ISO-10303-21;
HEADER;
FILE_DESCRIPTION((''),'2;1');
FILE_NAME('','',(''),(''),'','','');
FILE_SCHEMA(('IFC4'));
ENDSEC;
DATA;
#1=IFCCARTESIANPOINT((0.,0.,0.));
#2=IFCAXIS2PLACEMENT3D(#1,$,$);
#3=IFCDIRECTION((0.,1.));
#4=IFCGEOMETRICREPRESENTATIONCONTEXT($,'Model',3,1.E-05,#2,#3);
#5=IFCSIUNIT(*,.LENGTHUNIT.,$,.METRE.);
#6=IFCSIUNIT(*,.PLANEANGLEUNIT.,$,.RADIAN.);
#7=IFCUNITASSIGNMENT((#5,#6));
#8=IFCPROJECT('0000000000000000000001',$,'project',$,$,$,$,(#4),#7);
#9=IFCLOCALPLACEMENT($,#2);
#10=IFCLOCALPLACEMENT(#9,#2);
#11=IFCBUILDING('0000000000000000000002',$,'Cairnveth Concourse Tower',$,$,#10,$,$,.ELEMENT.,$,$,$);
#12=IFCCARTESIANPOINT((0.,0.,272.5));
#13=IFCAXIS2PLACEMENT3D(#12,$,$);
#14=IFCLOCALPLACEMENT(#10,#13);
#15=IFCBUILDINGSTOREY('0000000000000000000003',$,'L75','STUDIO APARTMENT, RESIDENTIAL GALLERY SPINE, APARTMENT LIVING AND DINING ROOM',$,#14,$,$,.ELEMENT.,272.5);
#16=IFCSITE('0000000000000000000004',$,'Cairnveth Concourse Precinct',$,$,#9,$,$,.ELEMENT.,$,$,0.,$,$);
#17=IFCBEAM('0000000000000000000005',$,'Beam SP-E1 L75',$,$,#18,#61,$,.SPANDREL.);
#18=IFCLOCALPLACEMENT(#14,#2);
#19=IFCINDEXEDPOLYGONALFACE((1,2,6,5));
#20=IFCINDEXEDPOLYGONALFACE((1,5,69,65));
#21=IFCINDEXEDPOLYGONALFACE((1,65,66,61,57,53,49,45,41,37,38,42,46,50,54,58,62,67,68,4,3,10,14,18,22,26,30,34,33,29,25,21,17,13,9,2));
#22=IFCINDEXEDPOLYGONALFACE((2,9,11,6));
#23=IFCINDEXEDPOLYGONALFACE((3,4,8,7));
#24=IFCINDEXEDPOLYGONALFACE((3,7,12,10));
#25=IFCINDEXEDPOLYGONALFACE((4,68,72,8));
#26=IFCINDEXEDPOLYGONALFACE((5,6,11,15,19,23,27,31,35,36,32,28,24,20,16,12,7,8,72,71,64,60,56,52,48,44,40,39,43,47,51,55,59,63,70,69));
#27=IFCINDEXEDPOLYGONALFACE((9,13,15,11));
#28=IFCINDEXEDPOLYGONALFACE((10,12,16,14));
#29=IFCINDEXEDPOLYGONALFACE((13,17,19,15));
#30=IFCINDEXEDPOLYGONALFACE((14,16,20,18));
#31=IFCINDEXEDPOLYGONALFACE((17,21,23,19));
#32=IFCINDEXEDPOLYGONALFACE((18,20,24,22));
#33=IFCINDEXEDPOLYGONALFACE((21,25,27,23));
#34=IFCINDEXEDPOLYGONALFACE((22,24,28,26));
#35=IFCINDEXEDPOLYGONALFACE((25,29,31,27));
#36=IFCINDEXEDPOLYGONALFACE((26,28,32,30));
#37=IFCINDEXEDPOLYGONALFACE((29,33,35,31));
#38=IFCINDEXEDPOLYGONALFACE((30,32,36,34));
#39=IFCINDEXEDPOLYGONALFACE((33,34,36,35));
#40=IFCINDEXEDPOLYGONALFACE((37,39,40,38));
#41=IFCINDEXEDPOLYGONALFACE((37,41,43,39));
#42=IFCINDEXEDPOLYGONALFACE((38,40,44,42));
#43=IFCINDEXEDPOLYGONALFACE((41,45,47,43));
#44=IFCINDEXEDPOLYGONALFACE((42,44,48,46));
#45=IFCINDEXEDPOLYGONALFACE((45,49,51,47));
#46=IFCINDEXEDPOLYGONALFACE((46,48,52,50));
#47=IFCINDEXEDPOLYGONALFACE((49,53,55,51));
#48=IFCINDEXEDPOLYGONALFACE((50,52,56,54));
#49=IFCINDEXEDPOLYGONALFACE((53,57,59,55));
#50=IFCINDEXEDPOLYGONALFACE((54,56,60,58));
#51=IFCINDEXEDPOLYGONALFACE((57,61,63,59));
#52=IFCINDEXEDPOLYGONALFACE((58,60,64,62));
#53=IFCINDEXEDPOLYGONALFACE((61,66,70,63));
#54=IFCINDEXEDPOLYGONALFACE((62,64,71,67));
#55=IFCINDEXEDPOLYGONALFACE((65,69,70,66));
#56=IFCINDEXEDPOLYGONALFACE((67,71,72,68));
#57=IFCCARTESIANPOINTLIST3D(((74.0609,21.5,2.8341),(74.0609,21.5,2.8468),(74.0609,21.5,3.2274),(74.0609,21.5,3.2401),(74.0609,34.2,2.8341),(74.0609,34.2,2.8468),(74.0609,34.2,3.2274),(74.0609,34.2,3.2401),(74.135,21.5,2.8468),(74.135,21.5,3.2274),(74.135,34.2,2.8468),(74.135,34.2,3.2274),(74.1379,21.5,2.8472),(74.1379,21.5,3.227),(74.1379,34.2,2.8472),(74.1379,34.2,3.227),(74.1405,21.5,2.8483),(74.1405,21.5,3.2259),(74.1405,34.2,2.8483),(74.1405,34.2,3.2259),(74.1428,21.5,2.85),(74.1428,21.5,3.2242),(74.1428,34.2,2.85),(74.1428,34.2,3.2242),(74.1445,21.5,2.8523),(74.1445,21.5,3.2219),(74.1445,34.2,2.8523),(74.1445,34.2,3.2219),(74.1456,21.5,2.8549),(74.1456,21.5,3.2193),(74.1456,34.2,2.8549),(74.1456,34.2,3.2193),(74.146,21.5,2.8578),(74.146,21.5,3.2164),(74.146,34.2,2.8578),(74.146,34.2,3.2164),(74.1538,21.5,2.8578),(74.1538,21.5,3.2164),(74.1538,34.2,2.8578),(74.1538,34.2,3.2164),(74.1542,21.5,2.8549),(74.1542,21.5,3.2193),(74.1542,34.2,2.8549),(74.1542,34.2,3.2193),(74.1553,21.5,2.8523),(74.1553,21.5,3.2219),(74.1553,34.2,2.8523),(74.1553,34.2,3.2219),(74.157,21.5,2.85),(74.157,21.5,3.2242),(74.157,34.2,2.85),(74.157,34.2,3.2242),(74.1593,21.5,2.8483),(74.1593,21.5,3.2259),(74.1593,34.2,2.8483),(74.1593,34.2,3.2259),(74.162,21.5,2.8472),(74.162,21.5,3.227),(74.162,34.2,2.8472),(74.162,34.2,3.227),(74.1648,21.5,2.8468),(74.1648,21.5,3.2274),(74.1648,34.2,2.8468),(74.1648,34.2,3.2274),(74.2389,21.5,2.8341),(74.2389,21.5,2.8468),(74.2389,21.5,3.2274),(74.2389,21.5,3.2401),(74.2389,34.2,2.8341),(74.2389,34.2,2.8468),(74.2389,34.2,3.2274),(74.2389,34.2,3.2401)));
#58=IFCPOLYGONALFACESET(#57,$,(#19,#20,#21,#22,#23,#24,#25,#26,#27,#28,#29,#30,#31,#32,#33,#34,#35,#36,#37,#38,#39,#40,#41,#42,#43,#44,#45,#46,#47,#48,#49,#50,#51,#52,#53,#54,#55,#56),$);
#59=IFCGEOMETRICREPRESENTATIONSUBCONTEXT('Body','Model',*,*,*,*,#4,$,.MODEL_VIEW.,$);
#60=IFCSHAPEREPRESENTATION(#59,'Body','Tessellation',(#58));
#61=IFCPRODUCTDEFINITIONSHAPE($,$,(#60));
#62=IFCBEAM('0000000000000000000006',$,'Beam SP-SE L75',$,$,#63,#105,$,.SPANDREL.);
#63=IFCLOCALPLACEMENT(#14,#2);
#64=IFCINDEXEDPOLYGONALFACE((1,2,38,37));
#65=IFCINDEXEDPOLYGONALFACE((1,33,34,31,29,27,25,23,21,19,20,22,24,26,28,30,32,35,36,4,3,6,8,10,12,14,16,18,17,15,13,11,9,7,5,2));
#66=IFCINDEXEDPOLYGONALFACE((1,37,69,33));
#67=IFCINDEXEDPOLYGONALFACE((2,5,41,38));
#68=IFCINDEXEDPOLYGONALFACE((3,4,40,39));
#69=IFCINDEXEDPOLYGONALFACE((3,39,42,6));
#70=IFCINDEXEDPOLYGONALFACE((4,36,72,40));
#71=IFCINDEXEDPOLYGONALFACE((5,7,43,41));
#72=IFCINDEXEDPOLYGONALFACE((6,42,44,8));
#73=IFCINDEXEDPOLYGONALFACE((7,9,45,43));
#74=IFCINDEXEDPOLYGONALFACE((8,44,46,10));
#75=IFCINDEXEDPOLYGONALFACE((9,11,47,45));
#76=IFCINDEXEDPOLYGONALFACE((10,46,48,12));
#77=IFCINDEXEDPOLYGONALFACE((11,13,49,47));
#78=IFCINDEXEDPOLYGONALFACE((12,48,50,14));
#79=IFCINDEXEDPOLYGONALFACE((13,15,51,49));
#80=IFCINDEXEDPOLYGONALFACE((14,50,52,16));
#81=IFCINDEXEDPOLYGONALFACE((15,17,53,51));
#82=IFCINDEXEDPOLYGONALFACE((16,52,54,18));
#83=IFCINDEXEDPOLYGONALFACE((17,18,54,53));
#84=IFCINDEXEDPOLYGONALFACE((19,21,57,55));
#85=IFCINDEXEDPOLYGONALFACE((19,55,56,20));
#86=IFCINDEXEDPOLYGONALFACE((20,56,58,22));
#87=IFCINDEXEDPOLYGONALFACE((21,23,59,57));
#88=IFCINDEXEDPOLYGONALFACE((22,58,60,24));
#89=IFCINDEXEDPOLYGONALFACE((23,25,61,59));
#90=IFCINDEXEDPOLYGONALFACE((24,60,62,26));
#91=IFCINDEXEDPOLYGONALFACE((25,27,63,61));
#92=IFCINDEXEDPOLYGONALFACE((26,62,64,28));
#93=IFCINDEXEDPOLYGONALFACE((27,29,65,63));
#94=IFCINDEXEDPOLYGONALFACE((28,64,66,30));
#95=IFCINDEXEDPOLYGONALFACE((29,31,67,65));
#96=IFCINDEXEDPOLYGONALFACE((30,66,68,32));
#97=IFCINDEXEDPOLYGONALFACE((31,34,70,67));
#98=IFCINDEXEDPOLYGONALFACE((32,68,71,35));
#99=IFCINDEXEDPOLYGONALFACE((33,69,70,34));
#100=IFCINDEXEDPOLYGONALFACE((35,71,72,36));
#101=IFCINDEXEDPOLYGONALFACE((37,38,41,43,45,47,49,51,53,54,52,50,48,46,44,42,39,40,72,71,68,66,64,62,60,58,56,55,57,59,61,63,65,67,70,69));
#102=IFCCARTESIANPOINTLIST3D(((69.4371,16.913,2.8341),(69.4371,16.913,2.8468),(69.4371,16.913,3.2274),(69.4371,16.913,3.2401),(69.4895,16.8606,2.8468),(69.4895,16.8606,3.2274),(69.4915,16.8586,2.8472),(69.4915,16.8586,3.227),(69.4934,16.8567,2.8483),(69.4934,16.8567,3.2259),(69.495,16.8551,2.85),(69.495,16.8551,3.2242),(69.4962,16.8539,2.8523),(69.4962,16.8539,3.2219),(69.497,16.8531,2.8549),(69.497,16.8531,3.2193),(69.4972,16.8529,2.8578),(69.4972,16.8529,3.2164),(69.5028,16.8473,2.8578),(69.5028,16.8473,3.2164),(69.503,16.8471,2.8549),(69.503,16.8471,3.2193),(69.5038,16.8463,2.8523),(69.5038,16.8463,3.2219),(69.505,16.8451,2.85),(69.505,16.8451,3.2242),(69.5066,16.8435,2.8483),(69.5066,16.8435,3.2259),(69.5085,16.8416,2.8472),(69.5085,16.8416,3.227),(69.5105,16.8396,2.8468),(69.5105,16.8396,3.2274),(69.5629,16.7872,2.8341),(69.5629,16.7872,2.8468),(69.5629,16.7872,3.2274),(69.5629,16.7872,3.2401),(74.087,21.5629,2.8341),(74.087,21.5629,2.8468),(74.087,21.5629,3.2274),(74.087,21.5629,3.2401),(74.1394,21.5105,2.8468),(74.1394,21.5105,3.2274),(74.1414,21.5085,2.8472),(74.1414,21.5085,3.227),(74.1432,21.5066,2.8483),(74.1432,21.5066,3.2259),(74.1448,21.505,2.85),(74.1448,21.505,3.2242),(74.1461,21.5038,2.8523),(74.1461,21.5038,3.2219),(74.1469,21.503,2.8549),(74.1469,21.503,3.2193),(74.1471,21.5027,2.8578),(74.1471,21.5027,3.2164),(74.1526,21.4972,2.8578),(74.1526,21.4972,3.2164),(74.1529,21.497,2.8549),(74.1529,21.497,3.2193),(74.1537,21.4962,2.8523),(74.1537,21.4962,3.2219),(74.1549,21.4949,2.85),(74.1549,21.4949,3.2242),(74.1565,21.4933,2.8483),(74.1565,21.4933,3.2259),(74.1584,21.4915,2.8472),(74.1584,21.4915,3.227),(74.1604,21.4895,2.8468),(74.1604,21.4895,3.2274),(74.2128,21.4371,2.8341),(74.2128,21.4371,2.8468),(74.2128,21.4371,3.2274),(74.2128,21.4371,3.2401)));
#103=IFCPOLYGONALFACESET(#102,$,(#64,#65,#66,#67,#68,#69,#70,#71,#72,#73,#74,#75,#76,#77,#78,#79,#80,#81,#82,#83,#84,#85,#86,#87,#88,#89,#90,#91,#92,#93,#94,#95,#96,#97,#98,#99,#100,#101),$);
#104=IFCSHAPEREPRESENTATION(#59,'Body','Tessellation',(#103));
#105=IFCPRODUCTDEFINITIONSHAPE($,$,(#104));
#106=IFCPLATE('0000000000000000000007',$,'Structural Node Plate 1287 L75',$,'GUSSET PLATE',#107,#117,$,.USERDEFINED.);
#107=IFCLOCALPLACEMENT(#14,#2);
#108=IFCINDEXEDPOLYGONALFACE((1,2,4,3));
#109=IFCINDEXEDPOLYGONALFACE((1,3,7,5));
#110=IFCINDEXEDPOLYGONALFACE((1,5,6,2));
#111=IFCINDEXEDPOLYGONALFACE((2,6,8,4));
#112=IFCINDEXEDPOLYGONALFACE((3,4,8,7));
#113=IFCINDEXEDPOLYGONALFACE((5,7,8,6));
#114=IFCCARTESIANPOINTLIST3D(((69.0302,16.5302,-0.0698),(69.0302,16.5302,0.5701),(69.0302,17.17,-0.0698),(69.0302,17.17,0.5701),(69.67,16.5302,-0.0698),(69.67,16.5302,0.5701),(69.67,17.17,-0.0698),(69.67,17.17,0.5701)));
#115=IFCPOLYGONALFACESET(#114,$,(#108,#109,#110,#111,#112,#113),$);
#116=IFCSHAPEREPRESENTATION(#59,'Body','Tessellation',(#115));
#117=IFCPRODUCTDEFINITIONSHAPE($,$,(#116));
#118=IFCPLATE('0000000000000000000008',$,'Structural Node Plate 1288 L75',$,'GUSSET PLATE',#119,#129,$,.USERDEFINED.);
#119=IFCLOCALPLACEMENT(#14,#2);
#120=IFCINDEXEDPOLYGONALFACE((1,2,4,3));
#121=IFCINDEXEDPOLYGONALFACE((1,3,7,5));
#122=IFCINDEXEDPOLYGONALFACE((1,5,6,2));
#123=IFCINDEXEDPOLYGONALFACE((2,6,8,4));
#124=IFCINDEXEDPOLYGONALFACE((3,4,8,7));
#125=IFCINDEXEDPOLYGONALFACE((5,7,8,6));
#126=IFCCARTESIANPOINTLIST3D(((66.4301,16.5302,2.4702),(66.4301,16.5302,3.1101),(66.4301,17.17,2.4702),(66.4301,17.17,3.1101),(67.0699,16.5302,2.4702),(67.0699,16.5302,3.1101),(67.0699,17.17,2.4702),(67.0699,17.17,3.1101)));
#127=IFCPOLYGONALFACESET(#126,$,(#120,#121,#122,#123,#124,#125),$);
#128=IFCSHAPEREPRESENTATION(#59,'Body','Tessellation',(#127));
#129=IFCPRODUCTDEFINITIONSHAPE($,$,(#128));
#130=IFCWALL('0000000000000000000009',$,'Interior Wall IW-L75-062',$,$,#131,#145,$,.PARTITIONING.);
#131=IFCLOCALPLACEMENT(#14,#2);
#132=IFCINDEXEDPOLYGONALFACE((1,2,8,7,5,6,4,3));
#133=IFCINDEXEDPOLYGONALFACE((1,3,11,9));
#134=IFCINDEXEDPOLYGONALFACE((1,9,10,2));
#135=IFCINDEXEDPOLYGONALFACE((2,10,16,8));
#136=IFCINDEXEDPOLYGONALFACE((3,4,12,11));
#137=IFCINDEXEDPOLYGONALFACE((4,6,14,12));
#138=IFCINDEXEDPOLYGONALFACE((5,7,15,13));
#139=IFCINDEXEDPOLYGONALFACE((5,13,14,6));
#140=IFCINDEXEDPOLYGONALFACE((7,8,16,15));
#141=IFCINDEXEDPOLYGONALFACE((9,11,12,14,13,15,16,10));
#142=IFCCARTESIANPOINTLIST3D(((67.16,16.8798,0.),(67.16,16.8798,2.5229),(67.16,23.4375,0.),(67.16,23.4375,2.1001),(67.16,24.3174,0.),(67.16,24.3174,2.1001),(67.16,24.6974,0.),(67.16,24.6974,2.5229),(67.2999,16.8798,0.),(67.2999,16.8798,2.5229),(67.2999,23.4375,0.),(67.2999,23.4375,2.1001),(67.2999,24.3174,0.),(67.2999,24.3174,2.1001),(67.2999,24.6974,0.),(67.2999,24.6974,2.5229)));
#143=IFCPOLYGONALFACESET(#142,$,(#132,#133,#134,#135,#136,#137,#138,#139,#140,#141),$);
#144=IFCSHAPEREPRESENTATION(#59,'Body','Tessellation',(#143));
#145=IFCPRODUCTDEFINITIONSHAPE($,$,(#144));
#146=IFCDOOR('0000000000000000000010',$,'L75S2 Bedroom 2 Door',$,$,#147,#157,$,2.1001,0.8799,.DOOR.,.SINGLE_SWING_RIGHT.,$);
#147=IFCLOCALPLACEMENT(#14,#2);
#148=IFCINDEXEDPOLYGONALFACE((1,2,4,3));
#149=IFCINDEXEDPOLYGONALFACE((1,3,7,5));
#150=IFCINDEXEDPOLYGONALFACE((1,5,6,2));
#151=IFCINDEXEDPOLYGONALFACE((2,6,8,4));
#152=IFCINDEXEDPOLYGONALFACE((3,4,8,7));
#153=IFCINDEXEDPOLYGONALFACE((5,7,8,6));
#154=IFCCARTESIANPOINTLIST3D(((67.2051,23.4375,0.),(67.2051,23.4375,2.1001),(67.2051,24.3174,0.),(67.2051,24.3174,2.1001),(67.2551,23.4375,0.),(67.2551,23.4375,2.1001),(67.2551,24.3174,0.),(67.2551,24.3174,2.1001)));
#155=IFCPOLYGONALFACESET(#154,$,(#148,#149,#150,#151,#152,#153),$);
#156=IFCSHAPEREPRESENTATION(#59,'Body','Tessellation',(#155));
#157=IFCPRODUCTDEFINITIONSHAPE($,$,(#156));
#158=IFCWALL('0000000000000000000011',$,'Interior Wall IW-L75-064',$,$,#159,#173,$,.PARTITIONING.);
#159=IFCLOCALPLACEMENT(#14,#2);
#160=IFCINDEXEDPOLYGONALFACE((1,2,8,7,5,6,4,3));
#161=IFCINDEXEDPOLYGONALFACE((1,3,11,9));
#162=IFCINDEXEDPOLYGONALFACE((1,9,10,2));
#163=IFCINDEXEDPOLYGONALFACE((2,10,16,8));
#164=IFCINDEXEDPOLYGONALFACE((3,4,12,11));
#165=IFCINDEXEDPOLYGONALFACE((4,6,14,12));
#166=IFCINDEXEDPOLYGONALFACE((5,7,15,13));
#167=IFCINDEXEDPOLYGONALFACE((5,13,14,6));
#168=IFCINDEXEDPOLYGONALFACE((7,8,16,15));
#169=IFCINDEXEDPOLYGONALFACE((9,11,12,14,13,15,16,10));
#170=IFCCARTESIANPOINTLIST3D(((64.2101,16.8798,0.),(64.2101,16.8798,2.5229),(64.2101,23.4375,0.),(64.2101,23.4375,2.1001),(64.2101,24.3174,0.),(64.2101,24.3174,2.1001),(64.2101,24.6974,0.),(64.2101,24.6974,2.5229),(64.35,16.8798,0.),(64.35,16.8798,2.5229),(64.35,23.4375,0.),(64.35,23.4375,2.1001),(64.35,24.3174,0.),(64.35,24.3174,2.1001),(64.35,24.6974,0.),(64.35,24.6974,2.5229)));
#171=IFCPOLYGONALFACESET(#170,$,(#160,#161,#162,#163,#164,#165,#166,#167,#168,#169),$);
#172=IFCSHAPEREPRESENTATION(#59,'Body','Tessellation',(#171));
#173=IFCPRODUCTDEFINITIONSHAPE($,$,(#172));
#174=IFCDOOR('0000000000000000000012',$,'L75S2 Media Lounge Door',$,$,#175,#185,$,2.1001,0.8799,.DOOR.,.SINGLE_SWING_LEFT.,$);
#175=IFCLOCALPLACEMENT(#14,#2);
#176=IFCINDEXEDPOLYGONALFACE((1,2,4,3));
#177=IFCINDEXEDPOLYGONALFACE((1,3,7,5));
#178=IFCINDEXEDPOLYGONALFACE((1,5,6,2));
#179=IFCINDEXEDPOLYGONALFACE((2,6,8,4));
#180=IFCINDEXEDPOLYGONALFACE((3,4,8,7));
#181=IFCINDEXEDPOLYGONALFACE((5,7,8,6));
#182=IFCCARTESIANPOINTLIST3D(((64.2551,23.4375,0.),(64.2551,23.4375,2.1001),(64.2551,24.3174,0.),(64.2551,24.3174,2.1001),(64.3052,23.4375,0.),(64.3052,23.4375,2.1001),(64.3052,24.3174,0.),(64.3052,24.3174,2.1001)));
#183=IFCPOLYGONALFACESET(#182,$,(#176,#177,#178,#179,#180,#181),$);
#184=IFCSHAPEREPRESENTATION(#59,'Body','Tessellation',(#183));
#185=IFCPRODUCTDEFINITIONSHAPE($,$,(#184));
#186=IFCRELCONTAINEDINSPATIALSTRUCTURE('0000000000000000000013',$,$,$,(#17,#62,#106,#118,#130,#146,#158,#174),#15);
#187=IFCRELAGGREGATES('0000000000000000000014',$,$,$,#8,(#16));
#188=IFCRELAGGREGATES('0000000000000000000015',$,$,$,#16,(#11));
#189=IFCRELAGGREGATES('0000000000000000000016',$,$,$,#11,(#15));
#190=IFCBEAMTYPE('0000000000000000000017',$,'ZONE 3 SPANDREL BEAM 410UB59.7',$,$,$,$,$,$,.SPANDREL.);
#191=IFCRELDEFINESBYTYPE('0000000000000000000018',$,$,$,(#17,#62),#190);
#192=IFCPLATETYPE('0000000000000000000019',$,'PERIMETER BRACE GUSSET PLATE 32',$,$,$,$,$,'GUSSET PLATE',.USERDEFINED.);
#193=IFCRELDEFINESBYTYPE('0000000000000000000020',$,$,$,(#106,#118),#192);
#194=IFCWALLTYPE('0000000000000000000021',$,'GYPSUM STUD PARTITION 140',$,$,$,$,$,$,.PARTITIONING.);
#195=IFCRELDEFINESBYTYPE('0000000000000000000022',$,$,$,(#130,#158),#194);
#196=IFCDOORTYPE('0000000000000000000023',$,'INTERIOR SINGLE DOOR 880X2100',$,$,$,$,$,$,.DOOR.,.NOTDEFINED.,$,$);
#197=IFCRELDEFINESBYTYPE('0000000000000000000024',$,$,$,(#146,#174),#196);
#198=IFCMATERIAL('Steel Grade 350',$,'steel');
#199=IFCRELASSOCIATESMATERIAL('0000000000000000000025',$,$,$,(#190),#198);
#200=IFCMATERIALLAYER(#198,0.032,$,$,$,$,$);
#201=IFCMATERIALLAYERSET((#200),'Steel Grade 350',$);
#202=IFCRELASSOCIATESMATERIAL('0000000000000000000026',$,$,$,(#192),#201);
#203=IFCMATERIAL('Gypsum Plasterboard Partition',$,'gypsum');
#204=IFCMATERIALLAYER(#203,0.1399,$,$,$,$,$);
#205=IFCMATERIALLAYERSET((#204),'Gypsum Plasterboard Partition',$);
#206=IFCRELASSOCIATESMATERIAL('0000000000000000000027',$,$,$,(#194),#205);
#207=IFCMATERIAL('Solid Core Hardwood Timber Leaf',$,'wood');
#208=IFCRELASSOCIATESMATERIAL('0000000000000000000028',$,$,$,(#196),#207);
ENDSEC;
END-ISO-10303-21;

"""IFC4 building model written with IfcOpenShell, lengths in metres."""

from ifc_helpers import new_model, si_unit, direction, frame, frame_2d, origin, origin_2d, place, context, subcontext, project, spatial, rectangle, i_section, extrude, material, layer, layer_set, material_profile, profile_set, type_object, element, fill, save


model = new_model("IFC4")

# Units and contexts
model_context = context("Model", 3, precision=1e-05, world=origin(), true_north=direction((0.0, 1.0)))
body_context = subcontext(model_context, "Body", "Model", "MODEL_VIEW")
ifc_project = project(units=[si_unit("LENGTHUNIT", "METRE"), si_unit("PLANEANGLEUNIT", "RADIAN")], contexts=[model_context])

# Site, building, storey
site_placement = place(None, origin())
site = spatial("IfcSite", under=ifc_project, at=site_placement, Name="Cairnveth Concourse Precinct", CompositionType="ELEMENT", RefElevation=0.0)
building_placement = place(site_placement, origin())
building = spatial("IfcBuilding", under=site, at=building_placement, Name="Cairnveth Concourse Tower", CompositionType="ELEMENT")
storey_placement = place(building_placement, frame((0.0, 0.0, 272.5)))
storey = spatial("IfcBuildingStorey", under=building, at=storey_placement, Name="L75", Description="STUDIO APARTMENT, RESIDENTIAL GALLERY SPINE, APARTMENT LIVING AND DINING ROOM", CompositionType="ELEMENT", Elevation=272.5)

# Shared definitions
ifc_material_1 = material(Name="Steel Grade 350", Category="steel")

# Beams
ifc_material_profile_1 = material_profile(ifc_material_1, i_section(OverallWidth=0.178, OverallDepth=0.406, WebThickness=0.0078, FlangeThickness=0.0127, FilletRadius=0.011, at=origin_2d()), Name="410UB59.7")
ifc_profile_set_1 = profile_set([ifc_material_profile_1], Name="Steel Grade 350")
beam_type_1 = type_object("IfcBeamType", Name="ZONE 3 SPANDREL BEAM 410UB59.7", PredefinedType="SPANDREL", material=ifc_profile_set_1)
beam_1_placement = place(storey_placement, frame((74.1499, 21.5, 3.0371), z_axis=(0.0, 1.0, 0.0), x_axis=(-1.0, 0.0, 0.0)))
element("IfcBeam", 1, at=beam_1_placement, inside=storey, type_object=beam_type_1, Name="Beam SP-E1 L75", PredefinedType="SPANDREL", context=body_context, shape_type="SweptSolid", body=[
    extrude(i_section(OverallWidth=0.178, OverallDepth=0.406, WebThickness=0.0078, FlangeThickness=0.0127, FilletRadius=0.011, at=origin_2d()), origin(), (0.0, 0.0, 1.0), 12.7),
])
beam_2_placement = place(storey_placement, frame((69.5, 16.8501, 3.0371), z_axis=(0.707107, 0.707107, 0.0), x_axis=(-0.707107, 0.707107, 0.0)))
element("IfcBeam", 2, at=beam_2_placement, inside=storey, type_object=beam_type_1, Name="Beam SP-SE L75", PredefinedType="SPANDREL", context=body_context, shape_type="SweptSolid", body=[
    extrude(i_section(OverallWidth=0.178, OverallDepth=0.406, WebThickness=0.0078, FlangeThickness=0.0127, FilletRadius=0.011, at=origin_2d()), origin(), (0.0, 0.0, 1.0), 6.5759),
])

# Plates
ifc_layer_1 = layer(ifc_material_1, 0.032)
ifc_layer_set_1 = layer_set([ifc_layer_1], Name="Steel Grade 350")
plate_type = type_object("IfcPlateType", Name="PERIMETER BRACE GUSSET PLATE 32", ElementType="GUSSET PLATE", PredefinedType="USERDEFINED", material=ifc_layer_set_1)
for number, where, z_axis, x_axis, name in (
    (3, (69.3501, 16.8501, -0.0698), (0.0, 0.0, 1.0), (1.0, 0.0, 0.0), "Structural Node Plate 1287 L75"),
    (4, (66.75, 16.8501, 2.4702), (0.0, 0.0, 1.0), (1.0, 0.0, 0.0), "Structural Node Plate 1288 L75"),
):
    element("IfcPlate", number, at=place(storey_placement, frame(where, z_axis=z_axis, x_axis=x_axis)), inside=storey, type_object=plate_type, Name=name, ObjectType="GUSSET PLATE", PredefinedType="USERDEFINED", context=body_context, shape_type="SweptSolid", body=[
        extrude(rectangle(XDim=0.6399, YDim=0.6399, at=origin_2d()), origin(), (0.0, 0.0, 1.0), 0.6399),
    ])

# Walls, openings, doors
ifc_material_2 = material(Name="Gypsum Plasterboard Partition", Category="gypsum")
ifc_layer_2 = layer(ifc_material_2, 0.1399)
ifc_layer_set_2 = layer_set([ifc_layer_2], Name="Gypsum Plasterboard Partition")
wall_type_1 = type_object("IfcWallType", Name="GYPSUM STUD PARTITION 140", PredefinedType="PARTITIONING", material=ifc_layer_set_2)
wall_1_placement = place(storey_placement, frame((67.23, 16.8799, 0.0), z_axis=(0.0, 0.0, 1.0), x_axis=(0.0, 1.0, 0.0)))
wall_1 = element("IfcWall", 5, at=wall_1_placement, inside=storey, type_object=wall_type_1, Name="Interior Wall IW-L75-062", PredefinedType="PARTITIONING", context=body_context, shape_type="SweptSolid", body=[
    extrude(rectangle(XDim=7.8176, YDim=0.1399, at=frame_2d((3.9087, 0.0))), origin(), (0.0, 0.0, 1.0), 2.5229),
])
opening_1_placement = place(wall_1_placement, frame((6.5576, 0.0, 0.0)))
opening_1 = element("IfcOpeningElement", 6, at=opening_1_placement, cuts=wall_1, PredefinedType="OPENING", context=body_context, shape_type="SweptSolid", body=[
    extrude(rectangle(XDim=0.8799, YDim=2.1001, at=frame_2d((0.4399, 1.05))), frame((0.0, 0.0798, 0.0), z_axis=(0.0, -1.0, 0.0), x_axis=(1.0, 0.0, 0.0)), (0.0, 0.0, 1.0), 0.1599),
])
ifc_material_3 = material(Name="Solid Core Hardwood Timber Leaf", Category="wood")
door_type = type_object("IfcDoorType", Name="INTERIOR SINGLE DOOR 880X2100", OperationType="NOTDEFINED", PredefinedType="DOOR", material=ifc_material_3)
door_1_placement = place(opening_1_placement, origin())
door_1 = element("IfcDoor", 7, at=door_1_placement, inside=storey, type_object=door_type, Name="L75S2 Bedroom 2 Door", OperationType="SINGLE_SWING_RIGHT", OverallHeight=2.1001, OverallWidth=0.8799, PredefinedType="DOOR", context=body_context, shape_type="SweptSolid", body=[
    extrude(rectangle(XDim=0.8799, YDim=2.1001, at=frame_2d((0.4399, 1.05))), frame((0.0, 0.0249, 0.0), z_axis=(0.0, -1.0, 0.0), x_axis=(1.0, 0.0, 0.0)), (0.0, 0.0, 1.0), 0.05),
])
fill(opening_1, door_1)
wall_2_placement = place(storey_placement, frame((64.28, 16.8799, 0.0), z_axis=(0.0, 0.0, 1.0), x_axis=(0.0, 1.0, 0.0)))
wall_2 = element("IfcWall", 8, at=wall_2_placement, inside=storey, type_object=wall_type_1, Name="Interior Wall IW-L75-064", PredefinedType="PARTITIONING", context=body_context, shape_type="SweptSolid", body=[
    extrude(rectangle(XDim=7.8176, YDim=0.1399, at=frame_2d((3.9087, 0.0))), origin(), (0.0, 0.0, 1.0), 2.5229),
])
opening_2_placement = place(wall_2_placement, frame((6.5576, 0.0, 0.0)))
opening_2 = element("IfcOpeningElement", 9, at=opening_2_placement, cuts=wall_2, PredefinedType="OPENING", context=body_context, shape_type="SweptSolid", body=[
    extrude(rectangle(XDim=0.8799, YDim=2.1001, at=frame_2d((0.4399, 1.05))), frame((0.0, 0.0798, 0.0), z_axis=(0.0, -1.0, 0.0), x_axis=(1.0, 0.0, 0.0)), (0.0, 0.0, 1.0), 0.1599),
])
door_2_placement = place(opening_2_placement, origin())
door_2 = element("IfcDoor", 10, at=door_2_placement, inside=storey, type_object=door_type, Name="L75S2 Media Lounge Door", OperationType="SINGLE_SWING_LEFT", OverallHeight=2.1001, OverallWidth=0.8799, PredefinedType="DOOR", context=body_context, shape_type="SweptSolid", body=[
    extrude(rectangle(XDim=0.8799, YDim=2.1001, at=frame_2d((0.4399, 1.05))), frame((0.0, 0.0249, 0.0), z_axis=(0.0, -1.0, 0.0), x_axis=(1.0, 0.0, 0.0)), (0.0, 0.0, 1.0), 0.05),
])
fill(opening_2, door_2)

save(model, "model.ifc")
